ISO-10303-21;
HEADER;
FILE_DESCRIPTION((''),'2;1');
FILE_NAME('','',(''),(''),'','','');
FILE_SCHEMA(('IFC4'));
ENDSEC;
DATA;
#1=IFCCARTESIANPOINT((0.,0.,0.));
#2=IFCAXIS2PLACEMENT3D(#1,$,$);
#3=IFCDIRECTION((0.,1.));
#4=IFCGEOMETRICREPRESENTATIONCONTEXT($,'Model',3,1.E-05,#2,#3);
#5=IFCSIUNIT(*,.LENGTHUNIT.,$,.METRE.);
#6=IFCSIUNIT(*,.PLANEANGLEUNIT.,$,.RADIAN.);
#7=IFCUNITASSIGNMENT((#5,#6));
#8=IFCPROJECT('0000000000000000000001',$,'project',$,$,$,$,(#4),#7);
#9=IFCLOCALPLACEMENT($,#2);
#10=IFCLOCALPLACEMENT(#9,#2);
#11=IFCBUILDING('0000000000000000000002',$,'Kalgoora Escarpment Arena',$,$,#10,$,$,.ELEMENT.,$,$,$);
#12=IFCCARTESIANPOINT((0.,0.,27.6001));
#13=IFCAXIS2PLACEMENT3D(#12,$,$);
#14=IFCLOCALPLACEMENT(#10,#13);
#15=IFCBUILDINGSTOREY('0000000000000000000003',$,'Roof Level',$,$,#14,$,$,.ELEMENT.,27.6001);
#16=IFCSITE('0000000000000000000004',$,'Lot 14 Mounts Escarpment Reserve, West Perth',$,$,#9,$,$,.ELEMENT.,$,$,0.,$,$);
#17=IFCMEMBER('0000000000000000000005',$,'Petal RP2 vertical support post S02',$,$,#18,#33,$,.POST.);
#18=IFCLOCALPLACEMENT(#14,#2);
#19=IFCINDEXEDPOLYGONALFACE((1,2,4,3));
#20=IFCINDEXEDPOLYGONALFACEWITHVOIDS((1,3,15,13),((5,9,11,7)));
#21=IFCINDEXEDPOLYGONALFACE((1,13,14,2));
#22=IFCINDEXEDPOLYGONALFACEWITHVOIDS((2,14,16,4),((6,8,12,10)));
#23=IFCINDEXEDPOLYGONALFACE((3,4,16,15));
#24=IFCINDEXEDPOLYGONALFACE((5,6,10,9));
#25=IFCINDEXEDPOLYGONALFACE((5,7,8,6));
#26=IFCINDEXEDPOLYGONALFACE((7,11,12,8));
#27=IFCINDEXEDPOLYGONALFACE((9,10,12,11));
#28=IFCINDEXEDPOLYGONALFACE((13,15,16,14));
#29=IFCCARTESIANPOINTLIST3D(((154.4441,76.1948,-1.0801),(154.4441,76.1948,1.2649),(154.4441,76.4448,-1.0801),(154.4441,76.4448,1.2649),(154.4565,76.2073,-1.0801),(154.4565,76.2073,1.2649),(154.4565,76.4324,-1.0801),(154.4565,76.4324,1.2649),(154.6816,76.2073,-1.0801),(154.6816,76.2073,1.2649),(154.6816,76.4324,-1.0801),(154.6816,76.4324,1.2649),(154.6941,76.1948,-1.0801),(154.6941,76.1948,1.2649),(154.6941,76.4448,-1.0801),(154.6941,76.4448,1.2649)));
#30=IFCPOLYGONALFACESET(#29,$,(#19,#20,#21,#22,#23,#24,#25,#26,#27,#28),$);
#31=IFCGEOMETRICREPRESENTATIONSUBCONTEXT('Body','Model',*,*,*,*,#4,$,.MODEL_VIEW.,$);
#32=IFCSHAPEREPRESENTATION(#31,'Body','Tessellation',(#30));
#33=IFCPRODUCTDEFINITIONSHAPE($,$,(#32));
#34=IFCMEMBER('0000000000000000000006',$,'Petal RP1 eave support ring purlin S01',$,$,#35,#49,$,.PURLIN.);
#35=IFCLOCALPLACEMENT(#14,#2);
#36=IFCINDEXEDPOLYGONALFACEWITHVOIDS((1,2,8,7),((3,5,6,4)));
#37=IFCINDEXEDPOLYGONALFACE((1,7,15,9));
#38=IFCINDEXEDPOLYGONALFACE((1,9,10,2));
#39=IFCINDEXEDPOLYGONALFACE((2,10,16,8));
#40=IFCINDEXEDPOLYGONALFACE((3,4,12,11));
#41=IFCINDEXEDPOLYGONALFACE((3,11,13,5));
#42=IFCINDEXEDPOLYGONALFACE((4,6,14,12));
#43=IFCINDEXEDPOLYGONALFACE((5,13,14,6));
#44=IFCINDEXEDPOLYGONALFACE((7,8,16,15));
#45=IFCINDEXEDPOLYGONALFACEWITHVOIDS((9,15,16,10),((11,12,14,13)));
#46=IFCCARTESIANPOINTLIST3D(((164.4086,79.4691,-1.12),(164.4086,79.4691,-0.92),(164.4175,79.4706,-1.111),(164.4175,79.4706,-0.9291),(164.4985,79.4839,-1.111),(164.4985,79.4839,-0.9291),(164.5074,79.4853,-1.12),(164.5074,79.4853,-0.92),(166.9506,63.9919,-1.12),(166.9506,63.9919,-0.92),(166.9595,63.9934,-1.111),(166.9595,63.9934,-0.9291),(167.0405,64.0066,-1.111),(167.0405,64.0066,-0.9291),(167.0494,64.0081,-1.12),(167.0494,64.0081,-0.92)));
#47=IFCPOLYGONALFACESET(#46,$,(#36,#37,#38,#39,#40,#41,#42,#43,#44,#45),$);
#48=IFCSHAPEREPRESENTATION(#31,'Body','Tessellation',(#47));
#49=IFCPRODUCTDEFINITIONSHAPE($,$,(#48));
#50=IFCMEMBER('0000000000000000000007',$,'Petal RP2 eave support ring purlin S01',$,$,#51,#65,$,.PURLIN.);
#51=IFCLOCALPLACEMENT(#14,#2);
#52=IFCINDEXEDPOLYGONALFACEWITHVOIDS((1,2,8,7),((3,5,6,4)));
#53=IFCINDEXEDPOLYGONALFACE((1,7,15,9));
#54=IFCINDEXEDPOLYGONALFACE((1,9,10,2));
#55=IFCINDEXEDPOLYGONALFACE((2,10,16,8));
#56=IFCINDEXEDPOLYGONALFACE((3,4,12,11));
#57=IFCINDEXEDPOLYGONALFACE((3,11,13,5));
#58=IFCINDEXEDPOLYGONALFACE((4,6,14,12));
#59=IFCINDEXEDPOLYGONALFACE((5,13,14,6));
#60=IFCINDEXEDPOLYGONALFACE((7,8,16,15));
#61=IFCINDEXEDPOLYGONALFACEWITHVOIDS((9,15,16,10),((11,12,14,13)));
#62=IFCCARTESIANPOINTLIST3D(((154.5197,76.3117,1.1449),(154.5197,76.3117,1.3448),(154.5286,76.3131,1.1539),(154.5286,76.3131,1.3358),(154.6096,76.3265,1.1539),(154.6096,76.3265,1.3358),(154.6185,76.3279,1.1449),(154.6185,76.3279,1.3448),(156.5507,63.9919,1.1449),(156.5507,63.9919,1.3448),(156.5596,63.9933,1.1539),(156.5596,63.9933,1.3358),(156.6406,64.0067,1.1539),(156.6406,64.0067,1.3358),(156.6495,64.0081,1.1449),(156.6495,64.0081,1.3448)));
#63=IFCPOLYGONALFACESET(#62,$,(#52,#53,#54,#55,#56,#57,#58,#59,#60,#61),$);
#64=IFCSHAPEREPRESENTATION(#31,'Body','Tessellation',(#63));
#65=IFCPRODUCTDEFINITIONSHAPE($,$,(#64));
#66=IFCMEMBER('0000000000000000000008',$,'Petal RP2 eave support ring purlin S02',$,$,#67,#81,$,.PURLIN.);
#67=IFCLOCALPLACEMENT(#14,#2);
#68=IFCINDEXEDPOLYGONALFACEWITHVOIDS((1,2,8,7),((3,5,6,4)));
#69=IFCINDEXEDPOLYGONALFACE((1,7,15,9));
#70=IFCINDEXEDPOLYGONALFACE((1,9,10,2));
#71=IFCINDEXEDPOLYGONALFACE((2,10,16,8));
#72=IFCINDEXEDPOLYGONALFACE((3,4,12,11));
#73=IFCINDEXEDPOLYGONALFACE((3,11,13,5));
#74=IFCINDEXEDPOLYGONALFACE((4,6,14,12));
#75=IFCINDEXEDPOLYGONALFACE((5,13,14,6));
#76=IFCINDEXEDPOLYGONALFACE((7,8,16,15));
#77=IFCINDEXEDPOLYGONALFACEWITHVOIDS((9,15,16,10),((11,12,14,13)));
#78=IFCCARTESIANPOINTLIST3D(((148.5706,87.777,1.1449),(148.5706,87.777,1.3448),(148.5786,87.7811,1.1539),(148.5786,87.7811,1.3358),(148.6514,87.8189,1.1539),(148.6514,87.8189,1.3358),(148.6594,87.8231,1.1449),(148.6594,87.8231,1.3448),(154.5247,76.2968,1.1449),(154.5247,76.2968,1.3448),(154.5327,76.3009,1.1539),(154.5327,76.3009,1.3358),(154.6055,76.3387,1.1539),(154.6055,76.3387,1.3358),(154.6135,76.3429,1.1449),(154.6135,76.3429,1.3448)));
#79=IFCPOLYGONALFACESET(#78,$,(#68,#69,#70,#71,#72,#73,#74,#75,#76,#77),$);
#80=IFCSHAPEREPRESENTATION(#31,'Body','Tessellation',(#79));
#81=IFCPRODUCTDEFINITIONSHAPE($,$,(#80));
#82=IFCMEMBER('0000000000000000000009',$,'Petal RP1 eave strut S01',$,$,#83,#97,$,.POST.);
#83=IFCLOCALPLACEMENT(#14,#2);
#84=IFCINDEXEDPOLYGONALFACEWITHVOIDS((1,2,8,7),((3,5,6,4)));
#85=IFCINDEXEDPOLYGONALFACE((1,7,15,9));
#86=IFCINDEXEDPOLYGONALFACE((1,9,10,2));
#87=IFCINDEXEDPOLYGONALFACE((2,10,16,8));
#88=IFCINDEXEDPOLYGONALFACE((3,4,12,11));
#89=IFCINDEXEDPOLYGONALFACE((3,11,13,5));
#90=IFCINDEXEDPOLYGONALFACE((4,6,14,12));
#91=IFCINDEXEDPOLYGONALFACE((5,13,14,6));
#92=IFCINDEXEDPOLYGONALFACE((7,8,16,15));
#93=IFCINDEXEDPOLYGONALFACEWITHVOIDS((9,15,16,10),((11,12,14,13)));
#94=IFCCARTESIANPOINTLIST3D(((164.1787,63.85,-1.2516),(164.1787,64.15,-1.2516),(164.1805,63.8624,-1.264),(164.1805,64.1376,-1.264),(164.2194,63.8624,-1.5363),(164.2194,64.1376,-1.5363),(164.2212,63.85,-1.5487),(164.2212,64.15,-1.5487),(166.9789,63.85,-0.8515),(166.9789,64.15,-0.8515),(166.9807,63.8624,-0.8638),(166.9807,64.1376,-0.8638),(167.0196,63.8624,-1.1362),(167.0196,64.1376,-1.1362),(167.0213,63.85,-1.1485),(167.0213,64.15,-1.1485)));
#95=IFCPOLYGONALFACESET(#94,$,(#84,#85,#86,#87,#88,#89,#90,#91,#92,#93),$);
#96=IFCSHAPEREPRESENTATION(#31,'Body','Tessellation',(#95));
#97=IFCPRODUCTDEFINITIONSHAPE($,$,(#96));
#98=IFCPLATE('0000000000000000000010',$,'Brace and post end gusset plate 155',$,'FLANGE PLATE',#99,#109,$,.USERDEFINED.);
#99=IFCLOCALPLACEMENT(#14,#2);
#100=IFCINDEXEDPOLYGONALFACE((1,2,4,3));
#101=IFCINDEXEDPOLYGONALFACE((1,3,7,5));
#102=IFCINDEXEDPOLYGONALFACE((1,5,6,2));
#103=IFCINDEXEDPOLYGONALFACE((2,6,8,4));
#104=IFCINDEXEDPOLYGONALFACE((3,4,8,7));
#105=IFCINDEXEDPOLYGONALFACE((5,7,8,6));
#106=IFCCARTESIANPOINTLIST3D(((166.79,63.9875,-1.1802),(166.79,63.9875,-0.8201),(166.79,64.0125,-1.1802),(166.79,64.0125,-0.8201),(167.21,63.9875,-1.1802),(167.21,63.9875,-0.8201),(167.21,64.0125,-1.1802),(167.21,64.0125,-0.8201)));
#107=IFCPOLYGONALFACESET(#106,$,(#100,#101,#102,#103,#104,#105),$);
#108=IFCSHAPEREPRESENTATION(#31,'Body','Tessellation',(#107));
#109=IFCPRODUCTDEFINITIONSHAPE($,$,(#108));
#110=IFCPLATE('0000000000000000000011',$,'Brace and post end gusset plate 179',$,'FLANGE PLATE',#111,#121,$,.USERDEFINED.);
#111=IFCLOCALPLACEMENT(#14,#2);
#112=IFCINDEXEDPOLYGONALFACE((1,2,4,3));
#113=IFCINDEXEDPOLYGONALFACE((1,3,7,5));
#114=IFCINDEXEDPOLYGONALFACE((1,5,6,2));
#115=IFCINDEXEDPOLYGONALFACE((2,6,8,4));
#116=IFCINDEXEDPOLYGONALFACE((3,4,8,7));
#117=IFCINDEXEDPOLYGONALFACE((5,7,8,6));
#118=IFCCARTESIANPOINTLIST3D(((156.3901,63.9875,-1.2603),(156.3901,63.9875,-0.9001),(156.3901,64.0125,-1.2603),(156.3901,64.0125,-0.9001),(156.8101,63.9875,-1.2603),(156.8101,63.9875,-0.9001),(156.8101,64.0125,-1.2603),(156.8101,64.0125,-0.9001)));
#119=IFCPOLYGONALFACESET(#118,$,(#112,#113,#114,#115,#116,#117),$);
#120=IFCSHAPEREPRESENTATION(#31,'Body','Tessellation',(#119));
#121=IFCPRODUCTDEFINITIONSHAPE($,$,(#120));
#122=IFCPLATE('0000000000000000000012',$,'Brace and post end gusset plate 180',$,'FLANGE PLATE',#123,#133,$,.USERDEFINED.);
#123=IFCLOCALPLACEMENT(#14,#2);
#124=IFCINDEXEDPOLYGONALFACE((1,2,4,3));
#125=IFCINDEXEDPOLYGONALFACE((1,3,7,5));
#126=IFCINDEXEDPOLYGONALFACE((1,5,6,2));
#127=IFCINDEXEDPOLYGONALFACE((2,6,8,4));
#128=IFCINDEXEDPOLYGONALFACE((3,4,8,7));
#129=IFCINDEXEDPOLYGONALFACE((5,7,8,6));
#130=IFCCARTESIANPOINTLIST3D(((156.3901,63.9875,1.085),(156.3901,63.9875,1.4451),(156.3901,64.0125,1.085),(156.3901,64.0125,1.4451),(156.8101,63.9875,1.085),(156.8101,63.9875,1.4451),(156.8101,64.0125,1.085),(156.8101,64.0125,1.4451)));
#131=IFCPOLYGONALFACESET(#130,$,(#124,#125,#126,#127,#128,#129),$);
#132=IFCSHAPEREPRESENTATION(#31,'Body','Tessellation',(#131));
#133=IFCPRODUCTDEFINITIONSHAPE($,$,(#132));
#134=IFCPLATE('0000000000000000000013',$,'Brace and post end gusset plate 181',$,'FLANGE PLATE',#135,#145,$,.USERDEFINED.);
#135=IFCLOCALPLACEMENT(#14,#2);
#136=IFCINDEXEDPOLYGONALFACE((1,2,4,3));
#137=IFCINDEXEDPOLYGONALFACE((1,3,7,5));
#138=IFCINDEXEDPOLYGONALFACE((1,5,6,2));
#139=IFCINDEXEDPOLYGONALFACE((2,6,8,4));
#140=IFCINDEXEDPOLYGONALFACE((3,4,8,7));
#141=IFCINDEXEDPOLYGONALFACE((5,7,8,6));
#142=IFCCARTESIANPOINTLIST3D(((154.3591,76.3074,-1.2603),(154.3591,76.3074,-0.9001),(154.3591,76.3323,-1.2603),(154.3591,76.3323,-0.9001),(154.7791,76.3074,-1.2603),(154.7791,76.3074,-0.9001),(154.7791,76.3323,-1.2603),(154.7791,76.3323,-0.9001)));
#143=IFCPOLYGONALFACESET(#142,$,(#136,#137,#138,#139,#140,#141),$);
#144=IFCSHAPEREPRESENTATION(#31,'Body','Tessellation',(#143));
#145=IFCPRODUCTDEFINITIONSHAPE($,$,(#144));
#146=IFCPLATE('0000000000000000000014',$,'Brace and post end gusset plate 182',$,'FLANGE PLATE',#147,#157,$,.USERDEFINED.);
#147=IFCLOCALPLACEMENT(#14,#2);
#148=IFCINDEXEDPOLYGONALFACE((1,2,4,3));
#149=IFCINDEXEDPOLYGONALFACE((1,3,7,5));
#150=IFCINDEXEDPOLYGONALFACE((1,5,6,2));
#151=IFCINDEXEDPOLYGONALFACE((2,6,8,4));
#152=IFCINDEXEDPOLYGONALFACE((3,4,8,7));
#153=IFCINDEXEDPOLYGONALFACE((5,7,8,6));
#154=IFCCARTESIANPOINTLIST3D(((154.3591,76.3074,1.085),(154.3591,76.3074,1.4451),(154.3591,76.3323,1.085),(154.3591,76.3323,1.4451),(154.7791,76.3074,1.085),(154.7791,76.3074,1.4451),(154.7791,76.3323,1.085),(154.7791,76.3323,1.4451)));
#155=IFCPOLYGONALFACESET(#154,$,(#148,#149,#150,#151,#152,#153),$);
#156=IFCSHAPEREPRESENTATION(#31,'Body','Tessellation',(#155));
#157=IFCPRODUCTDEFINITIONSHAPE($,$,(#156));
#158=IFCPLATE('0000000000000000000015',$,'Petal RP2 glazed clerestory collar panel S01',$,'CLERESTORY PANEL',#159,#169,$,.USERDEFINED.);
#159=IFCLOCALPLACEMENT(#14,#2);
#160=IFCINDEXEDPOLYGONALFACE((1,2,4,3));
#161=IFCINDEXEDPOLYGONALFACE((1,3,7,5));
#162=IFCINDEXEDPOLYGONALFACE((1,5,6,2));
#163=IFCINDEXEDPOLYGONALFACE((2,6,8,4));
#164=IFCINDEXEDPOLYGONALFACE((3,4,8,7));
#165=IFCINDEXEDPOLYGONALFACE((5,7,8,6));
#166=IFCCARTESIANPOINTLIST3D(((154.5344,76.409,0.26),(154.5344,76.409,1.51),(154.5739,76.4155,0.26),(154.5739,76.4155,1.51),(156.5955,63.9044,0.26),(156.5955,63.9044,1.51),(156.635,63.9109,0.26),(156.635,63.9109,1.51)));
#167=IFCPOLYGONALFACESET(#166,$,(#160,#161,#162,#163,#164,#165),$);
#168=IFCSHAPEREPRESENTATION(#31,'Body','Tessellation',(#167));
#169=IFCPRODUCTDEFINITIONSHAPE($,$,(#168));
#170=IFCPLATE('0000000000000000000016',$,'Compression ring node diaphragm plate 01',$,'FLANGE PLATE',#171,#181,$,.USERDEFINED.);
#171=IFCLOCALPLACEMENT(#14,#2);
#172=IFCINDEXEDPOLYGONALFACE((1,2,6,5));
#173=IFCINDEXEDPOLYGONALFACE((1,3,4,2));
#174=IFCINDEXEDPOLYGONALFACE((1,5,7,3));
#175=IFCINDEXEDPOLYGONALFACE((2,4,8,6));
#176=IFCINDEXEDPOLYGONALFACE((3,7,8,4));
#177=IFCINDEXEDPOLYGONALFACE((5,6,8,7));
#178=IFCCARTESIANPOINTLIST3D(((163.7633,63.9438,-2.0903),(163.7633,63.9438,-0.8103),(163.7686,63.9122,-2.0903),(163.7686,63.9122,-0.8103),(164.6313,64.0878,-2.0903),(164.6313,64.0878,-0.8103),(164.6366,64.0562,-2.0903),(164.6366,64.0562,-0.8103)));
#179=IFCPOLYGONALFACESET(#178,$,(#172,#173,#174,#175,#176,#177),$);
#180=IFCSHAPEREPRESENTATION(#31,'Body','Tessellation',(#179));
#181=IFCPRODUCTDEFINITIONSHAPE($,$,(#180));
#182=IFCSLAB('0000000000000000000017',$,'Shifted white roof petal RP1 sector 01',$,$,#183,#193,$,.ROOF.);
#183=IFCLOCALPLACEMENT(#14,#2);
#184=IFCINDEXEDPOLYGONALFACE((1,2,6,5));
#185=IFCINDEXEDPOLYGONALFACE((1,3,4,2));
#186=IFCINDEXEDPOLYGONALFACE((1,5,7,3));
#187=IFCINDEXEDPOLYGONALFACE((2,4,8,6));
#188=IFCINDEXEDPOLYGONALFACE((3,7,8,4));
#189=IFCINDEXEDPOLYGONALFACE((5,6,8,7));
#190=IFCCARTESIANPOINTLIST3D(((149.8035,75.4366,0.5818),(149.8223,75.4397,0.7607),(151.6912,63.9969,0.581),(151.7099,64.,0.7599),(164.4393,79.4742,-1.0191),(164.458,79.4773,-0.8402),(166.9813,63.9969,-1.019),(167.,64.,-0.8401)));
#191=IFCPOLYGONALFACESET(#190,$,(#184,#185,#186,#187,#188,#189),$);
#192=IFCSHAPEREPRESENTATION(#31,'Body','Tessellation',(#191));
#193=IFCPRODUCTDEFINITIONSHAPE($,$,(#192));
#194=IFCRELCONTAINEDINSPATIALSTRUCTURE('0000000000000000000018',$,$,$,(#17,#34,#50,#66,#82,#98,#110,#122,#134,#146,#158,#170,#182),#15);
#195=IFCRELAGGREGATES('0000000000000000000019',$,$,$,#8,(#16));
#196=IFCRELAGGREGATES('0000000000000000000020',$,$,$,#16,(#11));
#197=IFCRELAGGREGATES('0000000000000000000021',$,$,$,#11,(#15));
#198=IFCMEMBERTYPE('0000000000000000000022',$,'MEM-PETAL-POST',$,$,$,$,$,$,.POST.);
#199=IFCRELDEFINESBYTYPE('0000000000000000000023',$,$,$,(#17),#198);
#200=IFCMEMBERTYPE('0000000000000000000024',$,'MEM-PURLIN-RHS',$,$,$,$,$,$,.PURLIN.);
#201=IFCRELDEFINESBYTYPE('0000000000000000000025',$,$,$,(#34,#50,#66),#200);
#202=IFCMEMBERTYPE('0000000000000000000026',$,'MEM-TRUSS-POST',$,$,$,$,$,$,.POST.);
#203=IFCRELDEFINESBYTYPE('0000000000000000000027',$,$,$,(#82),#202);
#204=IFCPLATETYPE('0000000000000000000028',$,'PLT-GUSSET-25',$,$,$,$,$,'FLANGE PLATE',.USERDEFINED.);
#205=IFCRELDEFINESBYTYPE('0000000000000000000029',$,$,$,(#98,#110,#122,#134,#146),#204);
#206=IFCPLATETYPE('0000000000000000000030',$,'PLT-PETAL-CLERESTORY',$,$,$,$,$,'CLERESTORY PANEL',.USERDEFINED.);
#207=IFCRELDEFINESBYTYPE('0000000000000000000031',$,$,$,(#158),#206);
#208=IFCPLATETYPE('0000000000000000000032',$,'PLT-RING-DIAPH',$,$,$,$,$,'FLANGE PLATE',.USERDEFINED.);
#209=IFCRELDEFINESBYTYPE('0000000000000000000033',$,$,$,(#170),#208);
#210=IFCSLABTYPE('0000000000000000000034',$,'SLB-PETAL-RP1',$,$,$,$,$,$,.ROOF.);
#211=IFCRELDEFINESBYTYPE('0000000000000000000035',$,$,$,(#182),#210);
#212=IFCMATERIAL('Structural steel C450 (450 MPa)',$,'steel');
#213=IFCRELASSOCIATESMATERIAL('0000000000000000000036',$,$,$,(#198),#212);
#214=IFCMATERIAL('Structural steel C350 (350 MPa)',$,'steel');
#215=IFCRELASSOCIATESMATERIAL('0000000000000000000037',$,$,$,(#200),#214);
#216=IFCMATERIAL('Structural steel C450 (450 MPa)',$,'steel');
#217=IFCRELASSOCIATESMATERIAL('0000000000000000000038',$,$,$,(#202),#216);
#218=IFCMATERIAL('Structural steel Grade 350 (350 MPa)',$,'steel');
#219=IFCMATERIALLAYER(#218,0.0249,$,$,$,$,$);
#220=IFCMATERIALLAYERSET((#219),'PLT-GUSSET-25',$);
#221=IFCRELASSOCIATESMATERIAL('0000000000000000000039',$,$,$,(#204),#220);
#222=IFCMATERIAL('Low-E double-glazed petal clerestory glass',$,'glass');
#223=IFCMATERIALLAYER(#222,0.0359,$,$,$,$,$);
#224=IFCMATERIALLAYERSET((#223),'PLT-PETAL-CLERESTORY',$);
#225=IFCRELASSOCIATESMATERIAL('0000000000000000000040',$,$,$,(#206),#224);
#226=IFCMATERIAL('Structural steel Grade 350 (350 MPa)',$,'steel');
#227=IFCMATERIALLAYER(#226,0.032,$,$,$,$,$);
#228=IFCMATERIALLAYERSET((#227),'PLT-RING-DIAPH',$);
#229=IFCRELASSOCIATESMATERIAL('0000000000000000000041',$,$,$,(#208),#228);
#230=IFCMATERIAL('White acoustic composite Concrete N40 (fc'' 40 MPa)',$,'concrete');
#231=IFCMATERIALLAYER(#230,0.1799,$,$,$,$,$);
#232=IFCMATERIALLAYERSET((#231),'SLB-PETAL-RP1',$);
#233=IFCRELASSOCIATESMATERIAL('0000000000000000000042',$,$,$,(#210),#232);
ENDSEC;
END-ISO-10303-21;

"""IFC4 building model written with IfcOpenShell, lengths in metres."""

from ifc_helpers import new_model, si_unit, direction, frame, origin, origin_2d, place, context, subcontext, project, spatial, polyline, rectangle, hollow_rectangle, outline, extrude, material, layer, layer_set, material_profile, profile_set, type_object, element, save


model = new_model("IFC4")

# Units and contexts
model_context = context("Model", 3, precision=1e-05, world=origin(), true_north=direction((0.0, 1.0)))
body_context = subcontext(model_context, "Body", "Model", "MODEL_VIEW")
ifc_project = project(units=[si_unit("LENGTHUNIT", "METRE"), si_unit("PLANEANGLEUNIT", "RADIAN")], contexts=[model_context])

# Site, building, storey
site_placement = place(None, origin())
site = spatial("IfcSite", under=ifc_project, at=site_placement, Name="Lot 14 Mounts Escarpment Reserve, West Perth", CompositionType="ELEMENT", RefElevation=0.0)
building_placement = place(site_placement, origin())
building = spatial("IfcBuilding", under=site, at=building_placement, Name="Kalgoora Escarpment Arena", CompositionType="ELEMENT")
storey_placement = place(building_placement, frame((0.0, 0.0, 27.6001)))
storey = spatial("IfcBuildingStorey", under=building, at=storey_placement, Name="Roof Level", CompositionType="ELEMENT", Elevation=27.6001)

# Members
ifc_material_1 = material(Name="Structural steel C450 (450 MPa)", Category="steel")
ifc_material_profile_1 = material_profile(ifc_material_1, hollow_rectangle(XDim=0.25, YDim=0.25, WallThickness=0.0125, at=origin_2d()))
ifc_profile_set_1 = profile_set([ifc_material_profile_1], Name="Structural steel C450 (450 MPa)")
member_type_1 = type_object("IfcMemberType", Name="MEM-PETAL-POST", PredefinedType="POST", material=ifc_profile_set_1)
for number, where, z_axis, x_axis, name in (
    (1, (154.5691, 76.3198, -1.0801), (0.0, 0.0, 1.0), (1.0, 0.0, 0.0), "Petal RP2 vertical support post S02"),
):
    element("IfcMember", number, at=place(storey_placement, frame(where, z_axis=z_axis, x_axis=x_axis)), inside=storey, type_object=member_type_1, Name=name, PredefinedType="POST", context=body_context, shape_type="SweptSolid", body=[
        extrude(hollow_rectangle(XDim=0.25, YDim=0.25, WallThickness=0.0125, at=origin_2d()), origin(), (0.0, 0.0, 1.0), 2.345),
    ])
ifc_material_2 = material(Name="Structural steel C350 (350 MPa)", Category="steel")
ifc_material_profile_2 = material_profile(ifc_material_2, hollow_rectangle(XDim=0.1001, YDim=0.2, WallThickness=0.009, at=origin_2d()))
ifc_profile_set_2 = profile_set([ifc_material_profile_2], Name="Structural steel C350 (350 MPa)")
member_type_2 = type_object("IfcMemberType", Name="MEM-PURLIN-RHS", PredefinedType="PURLIN", material=ifc_profile_set_2)
member_1_placement = place(storey_placement, frame((167.0, 64.0, -1.02), z_axis=(-0.162069, 0.986779, 0.0), x_axis=(-0.986779, -0.162069, 0.0)))
element("IfcMember", 2, at=member_1_placement, inside=storey, type_object=member_type_2, Name="Petal RP1 eave support ring purlin S01", PredefinedType="PURLIN", context=body_context, shape_type="SweptSolid", body=[
    extrude(hollow_rectangle(XDim=0.1001, YDim=0.2, WallThickness=0.009, at=origin_2d()), origin(), (0.0, 0.0, 1.0), 15.6846),
])
member_2_placement = place(storey_placement, frame((156.6001, 64.0, 1.2449), z_axis=(-0.162661, 0.986682, 0.0), x_axis=(-0.986682, -0.162661, 0.0)))
element("IfcMember", 3, at=member_2_placement, inside=storey, type_object=member_type_2, Name="Petal RP2 eave support ring purlin S01", PredefinedType="PURLIN", context=body_context, shape_type="SweptSolid", body=[
    extrude(hollow_rectangle(XDim=0.1001, YDim=0.2, WallThickness=0.009, at=origin_2d()), origin(), (0.0, 0.0, 1.0), 12.4861),
])
member_3_placement = place(storey_placement, frame((154.5691, 76.3198, 1.2449), z_axis=(-0.460402, 0.887711, 0.0), x_axis=(-0.887711, -0.460402, 0.0)))
element("IfcMember", 4, at=member_3_placement, inside=storey, type_object=member_type_2, Name="Petal RP2 eave support ring purlin S02", PredefinedType="PURLIN", context=body_context, shape_type="SweptSolid", body=[
    extrude(hollow_rectangle(XDim=0.1001, YDim=0.2, WallThickness=0.009, at=origin_2d()), origin(), (0.0, 0.0, 1.0), 12.9324),
])
ifc_material_3 = material(Name="Structural steel C450 (450 MPa)", Category="steel")
ifc_material_profile_3 = material_profile(ifc_material_3, hollow_rectangle(XDim=0.3, YDim=0.3, WallThickness=0.0125, at=origin_2d()))
ifc_profile_set_3 = profile_set([ifc_material_profile_3], Name="Structural steel C450 (450 MPa)")
member_type_3 = type_object("IfcMemberType", Name="MEM-TRUSS-POST", PredefinedType="POST", material=ifc_profile_set_3)
member_4_placement = place(storey_placement, frame((164.2, 64.0, -1.4001), z_axis=(0.989943, 0.0, 0.14147), x_axis=(0.0, 1.0, 0.0)))
element("IfcMember", 5, at=member_4_placement, inside=storey, type_object=member_type_3, Name="Petal RP1 eave strut S01", PredefinedType="POST", context=body_context, shape_type="SweptSolid", body=[
    extrude(hollow_rectangle(XDim=0.3, YDim=0.3, WallThickness=0.0125, at=origin_2d()), origin(), (0.0, 0.0, 1.0), 2.8286),
])

# Plates
ifc_material_4 = material(Name="Structural steel Grade 350 (350 MPa)", Category="steel")
ifc_layer_1 = layer(ifc_material_4, 0.0249)
ifc_layer_set_1 = layer_set([ifc_layer_1], Name="PLT-GUSSET-25")
plate_type_1 = type_object("IfcPlateType", Name="PLT-GUSSET-25", ElementType="FLANGE PLATE", PredefinedType="USERDEFINED", material=ifc_layer_set_1)
for number, where, z_axis, x_axis, name in (
    (6, (167.0, 64.0, -1.1802), (0.0, 0.0, 1.0), (1.0, 0.0, 0.0), "Brace and post end gusset plate 155"),
    (7, (156.6001, 64.0, -1.2603), (0.0, 0.0, 1.0), (1.0, 0.0, 0.0), "Brace and post end gusset plate 179"),
    (8, (156.6001, 64.0, 1.085), (0.0, 0.0, 1.0), (1.0, 0.0, 0.0), "Brace and post end gusset plate 180"),
    (9, (154.5691, 76.3198, -1.2603), (0.0, 0.0, 1.0), (1.0, 0.0, 0.0), "Brace and post end gusset plate 181"),
    (10, (154.5691, 76.3198, 1.085), (0.0, 0.0, 1.0), (1.0, 0.0, 0.0), "Brace and post end gusset plate 182"),
):
    element("IfcPlate", number, at=place(storey_placement, frame(where, z_axis=z_axis, x_axis=x_axis)), inside=storey, type_object=plate_type_1, Name=name, ObjectType="FLANGE PLATE", PredefinedType="USERDEFINED", context=body_context, shape_type="SweptSolid", body=[
        extrude(rectangle(XDim=0.4199, YDim=0.0249, at=origin_2d()), origin(), (0.0, 0.0, 1.0), 0.3601),
    ])
ifc_material_5 = material(Name="Low-E double-glazed petal clerestory glass", Category="glass")
ifc_layer_2 = layer(ifc_material_5, 0.0359)
ifc_layer_set_2 = layer_set([ifc_layer_2], Name="PLT-PETAL-CLERESTORY")
plate_type_2 = type_object("IfcPlateType", Name="PLT-PETAL-CLERESTORY", ElementType="CLERESTORY PANEL", PredefinedType="USERDEFINED", material=ifc_layer_set_2)
plate_1_placement = place(storey_placement, frame((155.5847, 70.1599, 0.26), z_axis=(0.0, 0.0, 1.0), x_axis=(-0.162637, 0.986686, 0.0)))
element("IfcPlate", 11, at=plate_1_placement, inside=storey, type_object=plate_type_2, Name="Petal RP2 glazed clerestory collar panel S01", ObjectType="CLERESTORY PANEL", PredefinedType="USERDEFINED", context=body_context, shape_type="SweptSolid", body=[
    extrude(rectangle(XDim=12.6733, YDim=0.04, at=origin_2d()), origin(), (0.0, 0.0, 1.0), 1.25),
])
ifc_material_6 = material(Name="Structural steel Grade 350 (350 MPa)", Category="steel")
ifc_layer_3 = layer(ifc_material_6, 0.032)
ifc_layer_set_3 = layer_set([ifc_layer_3], Name="PLT-RING-DIAPH")
plate_type_3 = type_object("IfcPlateType", Name="PLT-RING-DIAPH", ElementType="FLANGE PLATE", PredefinedType="USERDEFINED", material=ifc_layer_set_3)
plate_2_placement = place(storey_placement, frame((164.2, 64.0, -2.0903), z_axis=(0.0, 0.0, 1.0), x_axis=(-0.16367, 0.986515, 0.0)))
element("IfcPlate", 12, at=plate_2_placement, inside=storey, type_object=plate_type_3, Name="Compression ring node diaphragm plate 01", ObjectType="FLANGE PLATE", PredefinedType="USERDEFINED", context=body_context, shape_type="SweptSolid", body=[
    extrude(rectangle(XDim=0.032, YDim=0.8799, at=origin_2d()), origin(), (0.0, 0.0, 1.0), 1.28),
])

# Slab
ifc_material_7 = material(Name="White acoustic composite Concrete N40 (fc' 40 MPa)", Category="concrete")
ifc_layer_4 = layer(ifc_material_7, 0.1799)
ifc_layer_set_4 = layer_set([ifc_layer_4], Name="SLB-PETAL-RP1")
slab_type_1 = type_object("IfcSlabType", Name="SLB-PETAL-RP1", PredefinedType="ROOF", material=ifc_layer_set_4)
slab_1_placement = place(storey_placement, frame((167.0, 64.0, -0.8401), z_axis=(0.104059, 0.017098, 0.994424), x_axis=(-0.162069, 0.986779, -0.000007)))
element("IfcSlab", 13, at=slab_1_placement, inside=storey, type_object=slab_type_1, Name="Shifted white roof petal RP1 sector 01", PredefinedType="ROOF", context=body_context, shape_type="SweptSolid", body=[
    extrude(outline(polyline([(0.0, 0.0), (15.6847, 0.0), (14.0724, 15.1813), (2.478, 15.1725), (0.0, 0.0)])), origin(), (0.0, 0.0, -1.0), 0.1799),
])

save(model, "model.ifc")
